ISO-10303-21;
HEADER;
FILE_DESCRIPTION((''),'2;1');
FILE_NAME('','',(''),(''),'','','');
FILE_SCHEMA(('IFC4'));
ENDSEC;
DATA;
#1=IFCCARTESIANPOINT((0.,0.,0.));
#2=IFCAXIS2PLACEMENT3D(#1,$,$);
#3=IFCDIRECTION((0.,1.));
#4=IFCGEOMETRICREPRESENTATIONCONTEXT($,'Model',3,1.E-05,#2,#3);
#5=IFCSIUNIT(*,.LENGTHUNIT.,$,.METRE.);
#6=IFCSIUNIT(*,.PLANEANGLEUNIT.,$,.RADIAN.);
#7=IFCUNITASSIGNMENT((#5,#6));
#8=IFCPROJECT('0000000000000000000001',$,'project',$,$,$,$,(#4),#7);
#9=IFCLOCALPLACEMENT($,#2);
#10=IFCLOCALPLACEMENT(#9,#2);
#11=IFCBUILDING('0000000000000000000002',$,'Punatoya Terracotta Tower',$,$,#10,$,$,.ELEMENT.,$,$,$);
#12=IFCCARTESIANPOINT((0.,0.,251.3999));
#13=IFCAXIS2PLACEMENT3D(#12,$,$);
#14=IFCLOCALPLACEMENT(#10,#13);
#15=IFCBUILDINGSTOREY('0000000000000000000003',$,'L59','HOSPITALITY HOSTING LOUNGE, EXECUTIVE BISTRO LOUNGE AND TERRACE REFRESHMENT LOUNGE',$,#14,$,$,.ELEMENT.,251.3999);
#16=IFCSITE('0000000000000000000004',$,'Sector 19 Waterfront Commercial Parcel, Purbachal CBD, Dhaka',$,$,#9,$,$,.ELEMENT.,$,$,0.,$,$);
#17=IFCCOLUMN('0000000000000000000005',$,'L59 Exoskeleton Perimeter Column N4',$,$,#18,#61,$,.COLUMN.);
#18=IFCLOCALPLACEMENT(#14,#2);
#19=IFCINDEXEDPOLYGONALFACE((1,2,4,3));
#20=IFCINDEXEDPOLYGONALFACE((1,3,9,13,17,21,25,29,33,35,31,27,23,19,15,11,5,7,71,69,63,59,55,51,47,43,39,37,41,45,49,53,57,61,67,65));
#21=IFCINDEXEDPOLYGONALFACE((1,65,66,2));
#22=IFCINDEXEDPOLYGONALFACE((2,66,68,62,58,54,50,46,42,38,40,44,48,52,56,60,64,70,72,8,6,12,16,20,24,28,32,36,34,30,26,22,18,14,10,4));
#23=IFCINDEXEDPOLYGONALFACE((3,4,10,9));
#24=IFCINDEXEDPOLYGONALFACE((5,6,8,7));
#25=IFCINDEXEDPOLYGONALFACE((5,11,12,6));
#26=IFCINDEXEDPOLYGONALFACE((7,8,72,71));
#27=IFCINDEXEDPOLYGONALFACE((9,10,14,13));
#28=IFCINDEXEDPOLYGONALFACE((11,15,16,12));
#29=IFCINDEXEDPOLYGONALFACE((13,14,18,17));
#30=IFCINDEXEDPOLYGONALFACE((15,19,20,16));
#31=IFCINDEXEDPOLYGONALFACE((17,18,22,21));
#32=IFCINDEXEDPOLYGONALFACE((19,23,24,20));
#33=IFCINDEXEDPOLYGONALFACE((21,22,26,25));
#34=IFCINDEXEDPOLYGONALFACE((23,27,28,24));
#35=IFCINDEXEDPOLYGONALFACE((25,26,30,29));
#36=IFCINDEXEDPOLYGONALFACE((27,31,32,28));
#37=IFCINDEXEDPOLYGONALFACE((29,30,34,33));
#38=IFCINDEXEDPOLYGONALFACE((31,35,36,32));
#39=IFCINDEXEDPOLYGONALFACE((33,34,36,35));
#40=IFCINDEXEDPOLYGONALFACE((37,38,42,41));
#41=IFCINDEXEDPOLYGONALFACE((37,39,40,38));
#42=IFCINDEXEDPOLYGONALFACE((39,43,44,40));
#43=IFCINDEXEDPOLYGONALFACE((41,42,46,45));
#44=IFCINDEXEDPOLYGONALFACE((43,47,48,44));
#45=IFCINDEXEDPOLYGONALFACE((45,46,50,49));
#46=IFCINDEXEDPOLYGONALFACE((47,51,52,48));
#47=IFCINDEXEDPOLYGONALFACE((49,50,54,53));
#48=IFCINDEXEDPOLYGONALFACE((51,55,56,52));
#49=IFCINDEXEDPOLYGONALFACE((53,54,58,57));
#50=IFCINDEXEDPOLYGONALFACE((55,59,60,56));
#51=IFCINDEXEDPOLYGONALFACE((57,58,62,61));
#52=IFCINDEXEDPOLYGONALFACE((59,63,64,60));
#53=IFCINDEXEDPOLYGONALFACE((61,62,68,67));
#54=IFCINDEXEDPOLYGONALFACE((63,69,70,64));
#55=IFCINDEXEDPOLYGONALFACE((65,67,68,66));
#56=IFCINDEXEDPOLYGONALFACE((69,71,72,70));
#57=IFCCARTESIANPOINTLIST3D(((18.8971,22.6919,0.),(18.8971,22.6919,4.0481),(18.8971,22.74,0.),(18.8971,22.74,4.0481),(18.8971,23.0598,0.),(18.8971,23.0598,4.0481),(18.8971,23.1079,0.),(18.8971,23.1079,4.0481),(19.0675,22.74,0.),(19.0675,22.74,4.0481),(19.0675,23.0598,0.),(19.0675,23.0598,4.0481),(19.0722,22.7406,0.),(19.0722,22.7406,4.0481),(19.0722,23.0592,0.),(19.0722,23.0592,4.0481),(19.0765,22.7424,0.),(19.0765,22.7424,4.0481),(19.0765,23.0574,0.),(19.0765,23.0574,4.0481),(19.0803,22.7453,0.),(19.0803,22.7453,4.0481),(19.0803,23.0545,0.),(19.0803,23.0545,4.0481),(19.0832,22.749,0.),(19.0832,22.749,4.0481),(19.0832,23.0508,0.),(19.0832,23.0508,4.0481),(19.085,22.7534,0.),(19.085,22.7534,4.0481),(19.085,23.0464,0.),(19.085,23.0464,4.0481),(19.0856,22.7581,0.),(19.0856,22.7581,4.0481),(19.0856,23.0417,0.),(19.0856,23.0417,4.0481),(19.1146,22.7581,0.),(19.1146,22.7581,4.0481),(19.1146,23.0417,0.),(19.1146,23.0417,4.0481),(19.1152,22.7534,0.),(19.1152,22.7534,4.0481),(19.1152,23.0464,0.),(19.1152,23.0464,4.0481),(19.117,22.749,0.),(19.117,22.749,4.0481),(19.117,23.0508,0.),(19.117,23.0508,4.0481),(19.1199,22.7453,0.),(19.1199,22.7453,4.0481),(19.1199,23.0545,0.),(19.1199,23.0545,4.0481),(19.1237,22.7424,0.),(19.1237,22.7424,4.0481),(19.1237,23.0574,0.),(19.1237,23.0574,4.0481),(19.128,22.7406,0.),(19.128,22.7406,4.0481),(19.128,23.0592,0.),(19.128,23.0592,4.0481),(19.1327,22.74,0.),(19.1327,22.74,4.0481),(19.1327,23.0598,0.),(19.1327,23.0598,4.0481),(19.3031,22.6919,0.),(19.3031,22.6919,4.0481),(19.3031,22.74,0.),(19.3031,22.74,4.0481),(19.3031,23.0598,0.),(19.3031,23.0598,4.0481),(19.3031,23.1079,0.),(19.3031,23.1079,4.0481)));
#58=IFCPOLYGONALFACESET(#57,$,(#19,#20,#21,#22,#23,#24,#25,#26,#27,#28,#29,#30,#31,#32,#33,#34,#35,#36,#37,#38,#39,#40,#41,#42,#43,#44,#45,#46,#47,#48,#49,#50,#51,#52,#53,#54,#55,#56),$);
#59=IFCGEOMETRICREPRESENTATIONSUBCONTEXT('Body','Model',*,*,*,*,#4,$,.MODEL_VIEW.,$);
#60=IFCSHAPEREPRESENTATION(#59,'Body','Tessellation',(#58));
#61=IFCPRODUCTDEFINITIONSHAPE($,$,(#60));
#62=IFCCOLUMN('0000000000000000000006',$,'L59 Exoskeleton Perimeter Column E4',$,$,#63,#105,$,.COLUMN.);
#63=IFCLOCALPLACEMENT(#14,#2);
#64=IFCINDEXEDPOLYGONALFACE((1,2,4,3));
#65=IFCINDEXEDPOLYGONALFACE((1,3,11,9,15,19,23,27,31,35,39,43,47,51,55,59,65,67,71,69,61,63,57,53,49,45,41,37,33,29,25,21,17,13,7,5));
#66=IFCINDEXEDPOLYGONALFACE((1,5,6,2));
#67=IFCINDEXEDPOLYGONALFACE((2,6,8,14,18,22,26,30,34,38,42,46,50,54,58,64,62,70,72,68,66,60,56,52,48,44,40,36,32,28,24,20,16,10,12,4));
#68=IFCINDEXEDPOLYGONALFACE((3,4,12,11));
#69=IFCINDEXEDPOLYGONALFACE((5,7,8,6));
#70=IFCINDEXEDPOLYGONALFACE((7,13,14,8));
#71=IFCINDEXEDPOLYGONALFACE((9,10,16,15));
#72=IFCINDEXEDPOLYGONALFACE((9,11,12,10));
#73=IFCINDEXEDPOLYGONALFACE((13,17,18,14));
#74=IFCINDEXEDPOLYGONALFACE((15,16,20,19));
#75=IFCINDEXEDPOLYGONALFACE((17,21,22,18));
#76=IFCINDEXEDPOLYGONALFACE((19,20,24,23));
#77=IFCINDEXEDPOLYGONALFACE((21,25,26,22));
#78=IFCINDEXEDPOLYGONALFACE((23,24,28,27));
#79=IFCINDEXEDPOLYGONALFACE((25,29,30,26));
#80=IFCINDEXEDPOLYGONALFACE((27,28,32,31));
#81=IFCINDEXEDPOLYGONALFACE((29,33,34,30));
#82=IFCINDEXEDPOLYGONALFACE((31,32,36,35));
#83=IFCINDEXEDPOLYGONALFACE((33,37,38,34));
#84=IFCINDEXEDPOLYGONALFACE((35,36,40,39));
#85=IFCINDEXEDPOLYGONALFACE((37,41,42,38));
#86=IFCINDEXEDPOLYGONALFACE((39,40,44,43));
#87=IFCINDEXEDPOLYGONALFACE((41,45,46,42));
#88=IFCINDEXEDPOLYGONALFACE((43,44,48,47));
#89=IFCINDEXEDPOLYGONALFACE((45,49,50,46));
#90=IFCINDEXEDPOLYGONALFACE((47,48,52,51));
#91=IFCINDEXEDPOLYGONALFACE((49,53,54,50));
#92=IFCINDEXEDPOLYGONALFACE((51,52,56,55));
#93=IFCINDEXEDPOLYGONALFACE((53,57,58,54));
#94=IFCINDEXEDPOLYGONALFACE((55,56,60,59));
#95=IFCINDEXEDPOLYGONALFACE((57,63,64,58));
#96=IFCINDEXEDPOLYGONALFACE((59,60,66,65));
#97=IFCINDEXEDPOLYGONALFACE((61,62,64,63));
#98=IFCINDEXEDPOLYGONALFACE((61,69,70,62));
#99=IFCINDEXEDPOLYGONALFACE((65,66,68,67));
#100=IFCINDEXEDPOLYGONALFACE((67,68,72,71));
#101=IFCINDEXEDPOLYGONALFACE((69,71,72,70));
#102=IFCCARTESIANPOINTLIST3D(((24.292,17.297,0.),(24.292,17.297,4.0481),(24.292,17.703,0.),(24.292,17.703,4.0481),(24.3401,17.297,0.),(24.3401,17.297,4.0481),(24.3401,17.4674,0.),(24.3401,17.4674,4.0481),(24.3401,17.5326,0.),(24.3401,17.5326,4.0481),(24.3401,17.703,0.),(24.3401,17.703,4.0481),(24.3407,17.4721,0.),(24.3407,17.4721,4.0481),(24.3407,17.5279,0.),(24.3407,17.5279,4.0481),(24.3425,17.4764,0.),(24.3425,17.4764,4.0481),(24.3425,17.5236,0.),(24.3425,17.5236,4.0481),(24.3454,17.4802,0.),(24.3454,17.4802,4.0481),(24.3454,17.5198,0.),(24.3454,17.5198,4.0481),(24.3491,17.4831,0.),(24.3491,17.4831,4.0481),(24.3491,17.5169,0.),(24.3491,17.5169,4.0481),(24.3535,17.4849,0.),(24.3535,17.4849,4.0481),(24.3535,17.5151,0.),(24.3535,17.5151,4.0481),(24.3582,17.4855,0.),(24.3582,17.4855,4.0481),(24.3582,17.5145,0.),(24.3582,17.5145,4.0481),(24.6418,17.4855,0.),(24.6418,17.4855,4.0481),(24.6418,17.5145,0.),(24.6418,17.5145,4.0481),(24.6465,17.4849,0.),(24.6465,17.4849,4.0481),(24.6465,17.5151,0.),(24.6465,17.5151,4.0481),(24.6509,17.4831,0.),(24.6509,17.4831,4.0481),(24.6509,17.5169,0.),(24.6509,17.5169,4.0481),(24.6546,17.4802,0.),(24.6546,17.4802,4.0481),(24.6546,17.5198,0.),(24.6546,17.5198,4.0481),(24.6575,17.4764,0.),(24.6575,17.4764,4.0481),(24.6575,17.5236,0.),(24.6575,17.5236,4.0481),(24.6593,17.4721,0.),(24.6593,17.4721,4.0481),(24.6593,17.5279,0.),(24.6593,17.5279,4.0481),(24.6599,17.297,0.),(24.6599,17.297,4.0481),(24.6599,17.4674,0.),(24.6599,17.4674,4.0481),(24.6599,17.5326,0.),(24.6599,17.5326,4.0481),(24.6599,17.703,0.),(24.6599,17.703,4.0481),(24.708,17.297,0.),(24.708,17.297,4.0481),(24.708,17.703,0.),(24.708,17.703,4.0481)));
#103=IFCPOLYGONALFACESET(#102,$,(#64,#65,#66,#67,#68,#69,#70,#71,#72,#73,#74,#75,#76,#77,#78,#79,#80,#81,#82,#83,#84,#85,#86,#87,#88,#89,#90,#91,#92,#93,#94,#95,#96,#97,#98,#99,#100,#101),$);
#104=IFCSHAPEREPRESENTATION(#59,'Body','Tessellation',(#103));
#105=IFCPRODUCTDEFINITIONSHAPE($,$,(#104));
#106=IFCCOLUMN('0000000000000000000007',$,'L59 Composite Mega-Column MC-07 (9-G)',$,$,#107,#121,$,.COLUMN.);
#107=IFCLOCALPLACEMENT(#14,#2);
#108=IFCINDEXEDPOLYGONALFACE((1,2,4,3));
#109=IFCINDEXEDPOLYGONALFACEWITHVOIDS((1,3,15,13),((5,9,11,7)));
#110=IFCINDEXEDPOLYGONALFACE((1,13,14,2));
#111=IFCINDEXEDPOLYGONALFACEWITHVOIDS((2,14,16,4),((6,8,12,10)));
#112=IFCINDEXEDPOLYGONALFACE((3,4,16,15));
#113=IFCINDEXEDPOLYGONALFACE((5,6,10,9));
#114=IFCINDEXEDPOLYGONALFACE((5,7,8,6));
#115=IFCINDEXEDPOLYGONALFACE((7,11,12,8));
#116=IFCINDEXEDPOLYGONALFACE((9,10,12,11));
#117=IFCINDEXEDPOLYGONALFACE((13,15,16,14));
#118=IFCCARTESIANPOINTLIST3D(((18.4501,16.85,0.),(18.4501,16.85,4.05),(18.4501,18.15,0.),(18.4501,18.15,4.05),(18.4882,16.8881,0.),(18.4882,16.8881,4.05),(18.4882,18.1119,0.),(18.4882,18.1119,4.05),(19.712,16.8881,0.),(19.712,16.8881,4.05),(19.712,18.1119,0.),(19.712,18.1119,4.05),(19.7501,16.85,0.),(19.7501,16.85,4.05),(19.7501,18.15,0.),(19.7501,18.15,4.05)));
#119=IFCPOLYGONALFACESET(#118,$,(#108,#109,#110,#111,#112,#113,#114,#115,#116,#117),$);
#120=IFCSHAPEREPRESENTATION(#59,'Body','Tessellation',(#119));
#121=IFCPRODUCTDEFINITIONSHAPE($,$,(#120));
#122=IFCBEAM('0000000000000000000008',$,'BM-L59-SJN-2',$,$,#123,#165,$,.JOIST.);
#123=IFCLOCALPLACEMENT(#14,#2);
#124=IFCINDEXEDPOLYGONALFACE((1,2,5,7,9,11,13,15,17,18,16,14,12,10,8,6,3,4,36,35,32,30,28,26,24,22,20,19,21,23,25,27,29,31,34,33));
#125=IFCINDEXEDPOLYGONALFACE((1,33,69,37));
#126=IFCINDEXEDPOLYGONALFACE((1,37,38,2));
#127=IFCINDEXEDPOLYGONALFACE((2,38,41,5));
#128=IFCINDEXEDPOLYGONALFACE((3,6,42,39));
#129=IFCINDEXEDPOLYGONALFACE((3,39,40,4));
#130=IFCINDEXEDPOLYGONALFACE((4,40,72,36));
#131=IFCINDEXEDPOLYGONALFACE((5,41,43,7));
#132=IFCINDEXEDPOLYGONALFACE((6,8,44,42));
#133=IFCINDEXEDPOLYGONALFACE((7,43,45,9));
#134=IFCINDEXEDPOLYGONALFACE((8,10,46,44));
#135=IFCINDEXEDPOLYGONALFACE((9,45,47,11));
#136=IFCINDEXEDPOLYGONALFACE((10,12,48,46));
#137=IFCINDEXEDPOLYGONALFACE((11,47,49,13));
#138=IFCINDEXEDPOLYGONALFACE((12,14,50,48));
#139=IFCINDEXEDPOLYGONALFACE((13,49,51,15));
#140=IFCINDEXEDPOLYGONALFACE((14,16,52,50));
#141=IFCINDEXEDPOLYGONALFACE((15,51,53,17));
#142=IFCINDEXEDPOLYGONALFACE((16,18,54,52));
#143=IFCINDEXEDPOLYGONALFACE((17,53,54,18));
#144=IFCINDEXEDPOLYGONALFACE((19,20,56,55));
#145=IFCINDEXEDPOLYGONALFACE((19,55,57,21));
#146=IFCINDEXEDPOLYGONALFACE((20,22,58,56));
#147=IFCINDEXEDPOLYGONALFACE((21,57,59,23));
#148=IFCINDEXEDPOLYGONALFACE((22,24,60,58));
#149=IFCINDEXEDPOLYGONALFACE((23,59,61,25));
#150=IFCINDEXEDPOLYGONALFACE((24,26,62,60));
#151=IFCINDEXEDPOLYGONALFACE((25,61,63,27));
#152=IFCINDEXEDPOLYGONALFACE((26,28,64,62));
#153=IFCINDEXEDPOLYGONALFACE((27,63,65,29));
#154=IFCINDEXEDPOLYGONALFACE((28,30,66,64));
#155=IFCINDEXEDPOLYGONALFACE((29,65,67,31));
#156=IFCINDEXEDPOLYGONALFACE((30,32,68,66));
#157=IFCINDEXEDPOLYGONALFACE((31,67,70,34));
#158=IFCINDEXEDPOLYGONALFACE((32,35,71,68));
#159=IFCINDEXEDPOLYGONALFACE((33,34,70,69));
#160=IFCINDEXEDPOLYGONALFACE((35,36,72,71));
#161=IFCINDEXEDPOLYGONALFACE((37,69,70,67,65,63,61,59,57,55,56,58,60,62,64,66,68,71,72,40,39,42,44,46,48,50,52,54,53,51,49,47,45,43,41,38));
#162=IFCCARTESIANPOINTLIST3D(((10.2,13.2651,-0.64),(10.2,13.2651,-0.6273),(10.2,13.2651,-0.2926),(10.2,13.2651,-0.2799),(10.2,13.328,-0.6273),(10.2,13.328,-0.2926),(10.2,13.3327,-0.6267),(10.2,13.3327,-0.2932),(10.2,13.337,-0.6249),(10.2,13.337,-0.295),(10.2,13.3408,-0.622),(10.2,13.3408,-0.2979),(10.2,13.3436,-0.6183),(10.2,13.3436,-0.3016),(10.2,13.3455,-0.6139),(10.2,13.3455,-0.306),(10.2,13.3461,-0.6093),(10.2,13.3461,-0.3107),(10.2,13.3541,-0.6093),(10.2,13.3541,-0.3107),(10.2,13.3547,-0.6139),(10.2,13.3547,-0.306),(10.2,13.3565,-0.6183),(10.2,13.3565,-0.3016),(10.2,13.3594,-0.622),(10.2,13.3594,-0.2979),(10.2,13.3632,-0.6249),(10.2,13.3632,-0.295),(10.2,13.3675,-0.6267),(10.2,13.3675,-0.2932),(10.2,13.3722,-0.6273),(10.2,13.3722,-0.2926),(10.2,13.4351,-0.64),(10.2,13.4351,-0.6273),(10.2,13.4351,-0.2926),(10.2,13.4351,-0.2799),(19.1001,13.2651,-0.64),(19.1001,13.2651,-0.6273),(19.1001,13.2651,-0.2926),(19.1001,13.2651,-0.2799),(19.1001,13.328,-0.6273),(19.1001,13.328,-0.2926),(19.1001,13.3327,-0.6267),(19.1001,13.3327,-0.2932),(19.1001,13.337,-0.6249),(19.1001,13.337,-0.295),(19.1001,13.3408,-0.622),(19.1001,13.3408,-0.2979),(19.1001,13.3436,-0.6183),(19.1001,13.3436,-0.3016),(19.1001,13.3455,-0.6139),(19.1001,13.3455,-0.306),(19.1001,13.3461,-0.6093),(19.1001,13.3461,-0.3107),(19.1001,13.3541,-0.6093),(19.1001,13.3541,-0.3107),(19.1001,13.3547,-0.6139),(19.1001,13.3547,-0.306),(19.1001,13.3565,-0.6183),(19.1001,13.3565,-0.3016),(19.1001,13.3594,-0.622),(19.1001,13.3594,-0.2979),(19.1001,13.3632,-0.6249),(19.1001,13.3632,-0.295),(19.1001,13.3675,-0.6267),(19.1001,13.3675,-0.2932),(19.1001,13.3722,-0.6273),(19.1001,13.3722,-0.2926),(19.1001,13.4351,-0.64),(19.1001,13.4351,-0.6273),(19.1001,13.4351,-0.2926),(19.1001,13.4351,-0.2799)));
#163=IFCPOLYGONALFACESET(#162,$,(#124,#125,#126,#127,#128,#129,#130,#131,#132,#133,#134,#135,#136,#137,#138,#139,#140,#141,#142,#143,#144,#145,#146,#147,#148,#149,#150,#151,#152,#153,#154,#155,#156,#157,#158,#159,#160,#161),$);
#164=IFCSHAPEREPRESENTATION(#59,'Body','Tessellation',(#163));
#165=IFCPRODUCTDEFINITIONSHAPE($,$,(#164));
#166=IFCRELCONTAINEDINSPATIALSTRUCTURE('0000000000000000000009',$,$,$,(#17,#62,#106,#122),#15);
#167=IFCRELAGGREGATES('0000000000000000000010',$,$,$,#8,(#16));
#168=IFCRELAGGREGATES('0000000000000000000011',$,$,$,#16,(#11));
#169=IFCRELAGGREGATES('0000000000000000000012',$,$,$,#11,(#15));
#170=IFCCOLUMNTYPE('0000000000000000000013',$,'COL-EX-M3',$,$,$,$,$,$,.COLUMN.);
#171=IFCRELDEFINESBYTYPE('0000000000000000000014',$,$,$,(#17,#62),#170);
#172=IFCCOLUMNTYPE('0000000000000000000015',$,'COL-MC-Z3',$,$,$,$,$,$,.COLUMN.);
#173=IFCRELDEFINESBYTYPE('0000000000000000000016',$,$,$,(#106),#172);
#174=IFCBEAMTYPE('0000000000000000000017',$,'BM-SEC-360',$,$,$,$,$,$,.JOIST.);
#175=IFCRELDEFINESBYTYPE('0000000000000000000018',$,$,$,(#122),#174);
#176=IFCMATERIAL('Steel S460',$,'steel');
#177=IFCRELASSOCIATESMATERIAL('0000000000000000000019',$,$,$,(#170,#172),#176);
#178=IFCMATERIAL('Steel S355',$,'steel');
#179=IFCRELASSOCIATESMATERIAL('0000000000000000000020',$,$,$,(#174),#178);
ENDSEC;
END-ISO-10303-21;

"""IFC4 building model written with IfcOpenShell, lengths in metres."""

from ifc_helpers import new_model, si_unit, direction, frame, origin, origin_2d, place, context, subcontext, project, spatial, hollow_rectangle, i_section, extrude, material, material_profile, profile_set, type_object, element, save


model = new_model("IFC4")

# Units and contexts
model_context = context("Model", 3, precision=1e-05, world=origin(), true_north=direction((0.0, 1.0)))
body_context = subcontext(model_context, "Body", "Model", "MODEL_VIEW")
ifc_project = project(units=[si_unit("LENGTHUNIT", "METRE"), si_unit("PLANEANGLEUNIT", "RADIAN")], contexts=[model_context])

# Site, building, storey
site_placement = place(None, origin())
site = spatial("IfcSite", under=ifc_project, at=site_placement, Name="Sector 19 Waterfront Commercial Parcel, Purbachal CBD, Dhaka", CompositionType="ELEMENT", RefElevation=0.0)
building_placement = place(site_placement, origin())
building = spatial("IfcBuilding", under=site, at=building_placement, Name="Punatoya Terracotta Tower", CompositionType="ELEMENT")
storey_placement = place(building_placement, frame((0.0, 0.0, 251.3999)))
storey = spatial("IfcBuildingStorey", under=building, at=storey_placement, Name="L59", Description="HOSPITALITY HOSTING LOUNGE, EXECUTIVE BISTRO LOUNGE AND TERRACE REFRESHMENT LOUNGE", CompositionType="ELEMENT", Elevation=251.3999)

# Columns
ifc_material_1 = material(Name="Steel S460", Category="steel")
ifc_material_profile_1 = material_profile(ifc_material_1, i_section(OverallWidth=0.406, OverallDepth=0.416, WebThickness=0.0291, FlangeThickness=0.0481, FilletRadius=0.0181, at=origin_2d()))
ifc_profile_set_1 = profile_set([ifc_material_profile_1], Name="Steel S460")
column_type_1 = type_object("IfcColumnType", Name="COL-EX-M3", PredefinedType="COLUMN", material=ifc_profile_set_1)
for number, where, z_axis, x_axis, name in (
    (1, (19.1001, 22.8999, 0.0), (0.0, 0.0, 1.0), (1.0, 0.0, 0.0), "L59 Exoskeleton Perimeter Column N4"),
    (2, (24.5, 17.5, 0.0), (0.0, 0.0, 1.0), (0.0, 1.0, 0.0), "L59 Exoskeleton Perimeter Column E4"),
):
    element("IfcColumn", number, at=place(storey_placement, frame(where, z_axis=z_axis, x_axis=x_axis)), inside=storey, type_object=column_type_1, Name=name, PredefinedType="COLUMN", context=body_context, shape_type="SweptSolid", body=[
        extrude(i_section(OverallWidth=0.406, OverallDepth=0.416, WebThickness=0.0291, FlangeThickness=0.0481, FilletRadius=0.0181, at=origin_2d()), origin(), (0.0, 0.0, 1.0), 4.0481),
    ])
ifc_material_profile_2 = material_profile(ifc_material_1, hollow_rectangle(XDim=1.3, YDim=1.3, WallThickness=0.0381, at=origin_2d()))
ifc_profile_set_2 = profile_set([ifc_material_profile_2], Name="Steel S460")
column_type_2 = type_object("IfcColumnType", Name="COL-MC-Z3", PredefinedType="COLUMN", material=ifc_profile_set_2)
column_placement = place(storey_placement, frame((19.1001, 17.5, 0.0), z_axis=(0.0, 0.0, 1.0), x_axis=(1.0, 0.0, 0.0)))
element("IfcColumn", 3, at=column_placement, inside=storey, type_object=column_type_2, Name="L59 Composite Mega-Column MC-07 (9-G)", PredefinedType="COLUMN", context=body_context, shape_type="SweptSolid", body=[
    extrude(hollow_rectangle(XDim=1.3, YDim=1.3, WallThickness=0.0381, at=origin_2d()), origin(), (0.0, 0.0, 1.0), 4.05),
])

# Beam
ifc_material_2 = material(Name="Steel S355", Category="steel")
ifc_material_profile_3 = material_profile(ifc_material_2, i_section(OverallWidth=0.1699, OverallDepth=0.3601, WebThickness=0.0081, FlangeThickness=0.0127, FilletRadius=0.0181, at=origin_2d()))
ifc_profile_set_3 = profile_set([ifc_material_profile_3], Name="Steel S355")
beam_type_1 = type_object("IfcBeamType", Name="BM-SEC-360", PredefinedType="JOIST", material=ifc_profile_set_3)
beam_placement = place(storey_placement, frame((10.2, 13.3501, -0.46), z_axis=(1.0, 0.0, 0.0), x_axis=(0.0, 1.0, 0.0)))
element("IfcBeam", 4, at=beam_placement, inside=storey, type_object=beam_type_1, Name="BM-L59-SJN-2", PredefinedType="JOIST", context=body_context, shape_type="SweptSolid", body=[
    extrude(i_section(OverallWidth=0.1699, OverallDepth=0.3601, WebThickness=0.0081, FlangeThickness=0.0127, FilletRadius=0.0181, at=origin_2d()), origin(), (0.0, 0.0, 1.0), 8.9001),
])

save(model, "model.ifc")
